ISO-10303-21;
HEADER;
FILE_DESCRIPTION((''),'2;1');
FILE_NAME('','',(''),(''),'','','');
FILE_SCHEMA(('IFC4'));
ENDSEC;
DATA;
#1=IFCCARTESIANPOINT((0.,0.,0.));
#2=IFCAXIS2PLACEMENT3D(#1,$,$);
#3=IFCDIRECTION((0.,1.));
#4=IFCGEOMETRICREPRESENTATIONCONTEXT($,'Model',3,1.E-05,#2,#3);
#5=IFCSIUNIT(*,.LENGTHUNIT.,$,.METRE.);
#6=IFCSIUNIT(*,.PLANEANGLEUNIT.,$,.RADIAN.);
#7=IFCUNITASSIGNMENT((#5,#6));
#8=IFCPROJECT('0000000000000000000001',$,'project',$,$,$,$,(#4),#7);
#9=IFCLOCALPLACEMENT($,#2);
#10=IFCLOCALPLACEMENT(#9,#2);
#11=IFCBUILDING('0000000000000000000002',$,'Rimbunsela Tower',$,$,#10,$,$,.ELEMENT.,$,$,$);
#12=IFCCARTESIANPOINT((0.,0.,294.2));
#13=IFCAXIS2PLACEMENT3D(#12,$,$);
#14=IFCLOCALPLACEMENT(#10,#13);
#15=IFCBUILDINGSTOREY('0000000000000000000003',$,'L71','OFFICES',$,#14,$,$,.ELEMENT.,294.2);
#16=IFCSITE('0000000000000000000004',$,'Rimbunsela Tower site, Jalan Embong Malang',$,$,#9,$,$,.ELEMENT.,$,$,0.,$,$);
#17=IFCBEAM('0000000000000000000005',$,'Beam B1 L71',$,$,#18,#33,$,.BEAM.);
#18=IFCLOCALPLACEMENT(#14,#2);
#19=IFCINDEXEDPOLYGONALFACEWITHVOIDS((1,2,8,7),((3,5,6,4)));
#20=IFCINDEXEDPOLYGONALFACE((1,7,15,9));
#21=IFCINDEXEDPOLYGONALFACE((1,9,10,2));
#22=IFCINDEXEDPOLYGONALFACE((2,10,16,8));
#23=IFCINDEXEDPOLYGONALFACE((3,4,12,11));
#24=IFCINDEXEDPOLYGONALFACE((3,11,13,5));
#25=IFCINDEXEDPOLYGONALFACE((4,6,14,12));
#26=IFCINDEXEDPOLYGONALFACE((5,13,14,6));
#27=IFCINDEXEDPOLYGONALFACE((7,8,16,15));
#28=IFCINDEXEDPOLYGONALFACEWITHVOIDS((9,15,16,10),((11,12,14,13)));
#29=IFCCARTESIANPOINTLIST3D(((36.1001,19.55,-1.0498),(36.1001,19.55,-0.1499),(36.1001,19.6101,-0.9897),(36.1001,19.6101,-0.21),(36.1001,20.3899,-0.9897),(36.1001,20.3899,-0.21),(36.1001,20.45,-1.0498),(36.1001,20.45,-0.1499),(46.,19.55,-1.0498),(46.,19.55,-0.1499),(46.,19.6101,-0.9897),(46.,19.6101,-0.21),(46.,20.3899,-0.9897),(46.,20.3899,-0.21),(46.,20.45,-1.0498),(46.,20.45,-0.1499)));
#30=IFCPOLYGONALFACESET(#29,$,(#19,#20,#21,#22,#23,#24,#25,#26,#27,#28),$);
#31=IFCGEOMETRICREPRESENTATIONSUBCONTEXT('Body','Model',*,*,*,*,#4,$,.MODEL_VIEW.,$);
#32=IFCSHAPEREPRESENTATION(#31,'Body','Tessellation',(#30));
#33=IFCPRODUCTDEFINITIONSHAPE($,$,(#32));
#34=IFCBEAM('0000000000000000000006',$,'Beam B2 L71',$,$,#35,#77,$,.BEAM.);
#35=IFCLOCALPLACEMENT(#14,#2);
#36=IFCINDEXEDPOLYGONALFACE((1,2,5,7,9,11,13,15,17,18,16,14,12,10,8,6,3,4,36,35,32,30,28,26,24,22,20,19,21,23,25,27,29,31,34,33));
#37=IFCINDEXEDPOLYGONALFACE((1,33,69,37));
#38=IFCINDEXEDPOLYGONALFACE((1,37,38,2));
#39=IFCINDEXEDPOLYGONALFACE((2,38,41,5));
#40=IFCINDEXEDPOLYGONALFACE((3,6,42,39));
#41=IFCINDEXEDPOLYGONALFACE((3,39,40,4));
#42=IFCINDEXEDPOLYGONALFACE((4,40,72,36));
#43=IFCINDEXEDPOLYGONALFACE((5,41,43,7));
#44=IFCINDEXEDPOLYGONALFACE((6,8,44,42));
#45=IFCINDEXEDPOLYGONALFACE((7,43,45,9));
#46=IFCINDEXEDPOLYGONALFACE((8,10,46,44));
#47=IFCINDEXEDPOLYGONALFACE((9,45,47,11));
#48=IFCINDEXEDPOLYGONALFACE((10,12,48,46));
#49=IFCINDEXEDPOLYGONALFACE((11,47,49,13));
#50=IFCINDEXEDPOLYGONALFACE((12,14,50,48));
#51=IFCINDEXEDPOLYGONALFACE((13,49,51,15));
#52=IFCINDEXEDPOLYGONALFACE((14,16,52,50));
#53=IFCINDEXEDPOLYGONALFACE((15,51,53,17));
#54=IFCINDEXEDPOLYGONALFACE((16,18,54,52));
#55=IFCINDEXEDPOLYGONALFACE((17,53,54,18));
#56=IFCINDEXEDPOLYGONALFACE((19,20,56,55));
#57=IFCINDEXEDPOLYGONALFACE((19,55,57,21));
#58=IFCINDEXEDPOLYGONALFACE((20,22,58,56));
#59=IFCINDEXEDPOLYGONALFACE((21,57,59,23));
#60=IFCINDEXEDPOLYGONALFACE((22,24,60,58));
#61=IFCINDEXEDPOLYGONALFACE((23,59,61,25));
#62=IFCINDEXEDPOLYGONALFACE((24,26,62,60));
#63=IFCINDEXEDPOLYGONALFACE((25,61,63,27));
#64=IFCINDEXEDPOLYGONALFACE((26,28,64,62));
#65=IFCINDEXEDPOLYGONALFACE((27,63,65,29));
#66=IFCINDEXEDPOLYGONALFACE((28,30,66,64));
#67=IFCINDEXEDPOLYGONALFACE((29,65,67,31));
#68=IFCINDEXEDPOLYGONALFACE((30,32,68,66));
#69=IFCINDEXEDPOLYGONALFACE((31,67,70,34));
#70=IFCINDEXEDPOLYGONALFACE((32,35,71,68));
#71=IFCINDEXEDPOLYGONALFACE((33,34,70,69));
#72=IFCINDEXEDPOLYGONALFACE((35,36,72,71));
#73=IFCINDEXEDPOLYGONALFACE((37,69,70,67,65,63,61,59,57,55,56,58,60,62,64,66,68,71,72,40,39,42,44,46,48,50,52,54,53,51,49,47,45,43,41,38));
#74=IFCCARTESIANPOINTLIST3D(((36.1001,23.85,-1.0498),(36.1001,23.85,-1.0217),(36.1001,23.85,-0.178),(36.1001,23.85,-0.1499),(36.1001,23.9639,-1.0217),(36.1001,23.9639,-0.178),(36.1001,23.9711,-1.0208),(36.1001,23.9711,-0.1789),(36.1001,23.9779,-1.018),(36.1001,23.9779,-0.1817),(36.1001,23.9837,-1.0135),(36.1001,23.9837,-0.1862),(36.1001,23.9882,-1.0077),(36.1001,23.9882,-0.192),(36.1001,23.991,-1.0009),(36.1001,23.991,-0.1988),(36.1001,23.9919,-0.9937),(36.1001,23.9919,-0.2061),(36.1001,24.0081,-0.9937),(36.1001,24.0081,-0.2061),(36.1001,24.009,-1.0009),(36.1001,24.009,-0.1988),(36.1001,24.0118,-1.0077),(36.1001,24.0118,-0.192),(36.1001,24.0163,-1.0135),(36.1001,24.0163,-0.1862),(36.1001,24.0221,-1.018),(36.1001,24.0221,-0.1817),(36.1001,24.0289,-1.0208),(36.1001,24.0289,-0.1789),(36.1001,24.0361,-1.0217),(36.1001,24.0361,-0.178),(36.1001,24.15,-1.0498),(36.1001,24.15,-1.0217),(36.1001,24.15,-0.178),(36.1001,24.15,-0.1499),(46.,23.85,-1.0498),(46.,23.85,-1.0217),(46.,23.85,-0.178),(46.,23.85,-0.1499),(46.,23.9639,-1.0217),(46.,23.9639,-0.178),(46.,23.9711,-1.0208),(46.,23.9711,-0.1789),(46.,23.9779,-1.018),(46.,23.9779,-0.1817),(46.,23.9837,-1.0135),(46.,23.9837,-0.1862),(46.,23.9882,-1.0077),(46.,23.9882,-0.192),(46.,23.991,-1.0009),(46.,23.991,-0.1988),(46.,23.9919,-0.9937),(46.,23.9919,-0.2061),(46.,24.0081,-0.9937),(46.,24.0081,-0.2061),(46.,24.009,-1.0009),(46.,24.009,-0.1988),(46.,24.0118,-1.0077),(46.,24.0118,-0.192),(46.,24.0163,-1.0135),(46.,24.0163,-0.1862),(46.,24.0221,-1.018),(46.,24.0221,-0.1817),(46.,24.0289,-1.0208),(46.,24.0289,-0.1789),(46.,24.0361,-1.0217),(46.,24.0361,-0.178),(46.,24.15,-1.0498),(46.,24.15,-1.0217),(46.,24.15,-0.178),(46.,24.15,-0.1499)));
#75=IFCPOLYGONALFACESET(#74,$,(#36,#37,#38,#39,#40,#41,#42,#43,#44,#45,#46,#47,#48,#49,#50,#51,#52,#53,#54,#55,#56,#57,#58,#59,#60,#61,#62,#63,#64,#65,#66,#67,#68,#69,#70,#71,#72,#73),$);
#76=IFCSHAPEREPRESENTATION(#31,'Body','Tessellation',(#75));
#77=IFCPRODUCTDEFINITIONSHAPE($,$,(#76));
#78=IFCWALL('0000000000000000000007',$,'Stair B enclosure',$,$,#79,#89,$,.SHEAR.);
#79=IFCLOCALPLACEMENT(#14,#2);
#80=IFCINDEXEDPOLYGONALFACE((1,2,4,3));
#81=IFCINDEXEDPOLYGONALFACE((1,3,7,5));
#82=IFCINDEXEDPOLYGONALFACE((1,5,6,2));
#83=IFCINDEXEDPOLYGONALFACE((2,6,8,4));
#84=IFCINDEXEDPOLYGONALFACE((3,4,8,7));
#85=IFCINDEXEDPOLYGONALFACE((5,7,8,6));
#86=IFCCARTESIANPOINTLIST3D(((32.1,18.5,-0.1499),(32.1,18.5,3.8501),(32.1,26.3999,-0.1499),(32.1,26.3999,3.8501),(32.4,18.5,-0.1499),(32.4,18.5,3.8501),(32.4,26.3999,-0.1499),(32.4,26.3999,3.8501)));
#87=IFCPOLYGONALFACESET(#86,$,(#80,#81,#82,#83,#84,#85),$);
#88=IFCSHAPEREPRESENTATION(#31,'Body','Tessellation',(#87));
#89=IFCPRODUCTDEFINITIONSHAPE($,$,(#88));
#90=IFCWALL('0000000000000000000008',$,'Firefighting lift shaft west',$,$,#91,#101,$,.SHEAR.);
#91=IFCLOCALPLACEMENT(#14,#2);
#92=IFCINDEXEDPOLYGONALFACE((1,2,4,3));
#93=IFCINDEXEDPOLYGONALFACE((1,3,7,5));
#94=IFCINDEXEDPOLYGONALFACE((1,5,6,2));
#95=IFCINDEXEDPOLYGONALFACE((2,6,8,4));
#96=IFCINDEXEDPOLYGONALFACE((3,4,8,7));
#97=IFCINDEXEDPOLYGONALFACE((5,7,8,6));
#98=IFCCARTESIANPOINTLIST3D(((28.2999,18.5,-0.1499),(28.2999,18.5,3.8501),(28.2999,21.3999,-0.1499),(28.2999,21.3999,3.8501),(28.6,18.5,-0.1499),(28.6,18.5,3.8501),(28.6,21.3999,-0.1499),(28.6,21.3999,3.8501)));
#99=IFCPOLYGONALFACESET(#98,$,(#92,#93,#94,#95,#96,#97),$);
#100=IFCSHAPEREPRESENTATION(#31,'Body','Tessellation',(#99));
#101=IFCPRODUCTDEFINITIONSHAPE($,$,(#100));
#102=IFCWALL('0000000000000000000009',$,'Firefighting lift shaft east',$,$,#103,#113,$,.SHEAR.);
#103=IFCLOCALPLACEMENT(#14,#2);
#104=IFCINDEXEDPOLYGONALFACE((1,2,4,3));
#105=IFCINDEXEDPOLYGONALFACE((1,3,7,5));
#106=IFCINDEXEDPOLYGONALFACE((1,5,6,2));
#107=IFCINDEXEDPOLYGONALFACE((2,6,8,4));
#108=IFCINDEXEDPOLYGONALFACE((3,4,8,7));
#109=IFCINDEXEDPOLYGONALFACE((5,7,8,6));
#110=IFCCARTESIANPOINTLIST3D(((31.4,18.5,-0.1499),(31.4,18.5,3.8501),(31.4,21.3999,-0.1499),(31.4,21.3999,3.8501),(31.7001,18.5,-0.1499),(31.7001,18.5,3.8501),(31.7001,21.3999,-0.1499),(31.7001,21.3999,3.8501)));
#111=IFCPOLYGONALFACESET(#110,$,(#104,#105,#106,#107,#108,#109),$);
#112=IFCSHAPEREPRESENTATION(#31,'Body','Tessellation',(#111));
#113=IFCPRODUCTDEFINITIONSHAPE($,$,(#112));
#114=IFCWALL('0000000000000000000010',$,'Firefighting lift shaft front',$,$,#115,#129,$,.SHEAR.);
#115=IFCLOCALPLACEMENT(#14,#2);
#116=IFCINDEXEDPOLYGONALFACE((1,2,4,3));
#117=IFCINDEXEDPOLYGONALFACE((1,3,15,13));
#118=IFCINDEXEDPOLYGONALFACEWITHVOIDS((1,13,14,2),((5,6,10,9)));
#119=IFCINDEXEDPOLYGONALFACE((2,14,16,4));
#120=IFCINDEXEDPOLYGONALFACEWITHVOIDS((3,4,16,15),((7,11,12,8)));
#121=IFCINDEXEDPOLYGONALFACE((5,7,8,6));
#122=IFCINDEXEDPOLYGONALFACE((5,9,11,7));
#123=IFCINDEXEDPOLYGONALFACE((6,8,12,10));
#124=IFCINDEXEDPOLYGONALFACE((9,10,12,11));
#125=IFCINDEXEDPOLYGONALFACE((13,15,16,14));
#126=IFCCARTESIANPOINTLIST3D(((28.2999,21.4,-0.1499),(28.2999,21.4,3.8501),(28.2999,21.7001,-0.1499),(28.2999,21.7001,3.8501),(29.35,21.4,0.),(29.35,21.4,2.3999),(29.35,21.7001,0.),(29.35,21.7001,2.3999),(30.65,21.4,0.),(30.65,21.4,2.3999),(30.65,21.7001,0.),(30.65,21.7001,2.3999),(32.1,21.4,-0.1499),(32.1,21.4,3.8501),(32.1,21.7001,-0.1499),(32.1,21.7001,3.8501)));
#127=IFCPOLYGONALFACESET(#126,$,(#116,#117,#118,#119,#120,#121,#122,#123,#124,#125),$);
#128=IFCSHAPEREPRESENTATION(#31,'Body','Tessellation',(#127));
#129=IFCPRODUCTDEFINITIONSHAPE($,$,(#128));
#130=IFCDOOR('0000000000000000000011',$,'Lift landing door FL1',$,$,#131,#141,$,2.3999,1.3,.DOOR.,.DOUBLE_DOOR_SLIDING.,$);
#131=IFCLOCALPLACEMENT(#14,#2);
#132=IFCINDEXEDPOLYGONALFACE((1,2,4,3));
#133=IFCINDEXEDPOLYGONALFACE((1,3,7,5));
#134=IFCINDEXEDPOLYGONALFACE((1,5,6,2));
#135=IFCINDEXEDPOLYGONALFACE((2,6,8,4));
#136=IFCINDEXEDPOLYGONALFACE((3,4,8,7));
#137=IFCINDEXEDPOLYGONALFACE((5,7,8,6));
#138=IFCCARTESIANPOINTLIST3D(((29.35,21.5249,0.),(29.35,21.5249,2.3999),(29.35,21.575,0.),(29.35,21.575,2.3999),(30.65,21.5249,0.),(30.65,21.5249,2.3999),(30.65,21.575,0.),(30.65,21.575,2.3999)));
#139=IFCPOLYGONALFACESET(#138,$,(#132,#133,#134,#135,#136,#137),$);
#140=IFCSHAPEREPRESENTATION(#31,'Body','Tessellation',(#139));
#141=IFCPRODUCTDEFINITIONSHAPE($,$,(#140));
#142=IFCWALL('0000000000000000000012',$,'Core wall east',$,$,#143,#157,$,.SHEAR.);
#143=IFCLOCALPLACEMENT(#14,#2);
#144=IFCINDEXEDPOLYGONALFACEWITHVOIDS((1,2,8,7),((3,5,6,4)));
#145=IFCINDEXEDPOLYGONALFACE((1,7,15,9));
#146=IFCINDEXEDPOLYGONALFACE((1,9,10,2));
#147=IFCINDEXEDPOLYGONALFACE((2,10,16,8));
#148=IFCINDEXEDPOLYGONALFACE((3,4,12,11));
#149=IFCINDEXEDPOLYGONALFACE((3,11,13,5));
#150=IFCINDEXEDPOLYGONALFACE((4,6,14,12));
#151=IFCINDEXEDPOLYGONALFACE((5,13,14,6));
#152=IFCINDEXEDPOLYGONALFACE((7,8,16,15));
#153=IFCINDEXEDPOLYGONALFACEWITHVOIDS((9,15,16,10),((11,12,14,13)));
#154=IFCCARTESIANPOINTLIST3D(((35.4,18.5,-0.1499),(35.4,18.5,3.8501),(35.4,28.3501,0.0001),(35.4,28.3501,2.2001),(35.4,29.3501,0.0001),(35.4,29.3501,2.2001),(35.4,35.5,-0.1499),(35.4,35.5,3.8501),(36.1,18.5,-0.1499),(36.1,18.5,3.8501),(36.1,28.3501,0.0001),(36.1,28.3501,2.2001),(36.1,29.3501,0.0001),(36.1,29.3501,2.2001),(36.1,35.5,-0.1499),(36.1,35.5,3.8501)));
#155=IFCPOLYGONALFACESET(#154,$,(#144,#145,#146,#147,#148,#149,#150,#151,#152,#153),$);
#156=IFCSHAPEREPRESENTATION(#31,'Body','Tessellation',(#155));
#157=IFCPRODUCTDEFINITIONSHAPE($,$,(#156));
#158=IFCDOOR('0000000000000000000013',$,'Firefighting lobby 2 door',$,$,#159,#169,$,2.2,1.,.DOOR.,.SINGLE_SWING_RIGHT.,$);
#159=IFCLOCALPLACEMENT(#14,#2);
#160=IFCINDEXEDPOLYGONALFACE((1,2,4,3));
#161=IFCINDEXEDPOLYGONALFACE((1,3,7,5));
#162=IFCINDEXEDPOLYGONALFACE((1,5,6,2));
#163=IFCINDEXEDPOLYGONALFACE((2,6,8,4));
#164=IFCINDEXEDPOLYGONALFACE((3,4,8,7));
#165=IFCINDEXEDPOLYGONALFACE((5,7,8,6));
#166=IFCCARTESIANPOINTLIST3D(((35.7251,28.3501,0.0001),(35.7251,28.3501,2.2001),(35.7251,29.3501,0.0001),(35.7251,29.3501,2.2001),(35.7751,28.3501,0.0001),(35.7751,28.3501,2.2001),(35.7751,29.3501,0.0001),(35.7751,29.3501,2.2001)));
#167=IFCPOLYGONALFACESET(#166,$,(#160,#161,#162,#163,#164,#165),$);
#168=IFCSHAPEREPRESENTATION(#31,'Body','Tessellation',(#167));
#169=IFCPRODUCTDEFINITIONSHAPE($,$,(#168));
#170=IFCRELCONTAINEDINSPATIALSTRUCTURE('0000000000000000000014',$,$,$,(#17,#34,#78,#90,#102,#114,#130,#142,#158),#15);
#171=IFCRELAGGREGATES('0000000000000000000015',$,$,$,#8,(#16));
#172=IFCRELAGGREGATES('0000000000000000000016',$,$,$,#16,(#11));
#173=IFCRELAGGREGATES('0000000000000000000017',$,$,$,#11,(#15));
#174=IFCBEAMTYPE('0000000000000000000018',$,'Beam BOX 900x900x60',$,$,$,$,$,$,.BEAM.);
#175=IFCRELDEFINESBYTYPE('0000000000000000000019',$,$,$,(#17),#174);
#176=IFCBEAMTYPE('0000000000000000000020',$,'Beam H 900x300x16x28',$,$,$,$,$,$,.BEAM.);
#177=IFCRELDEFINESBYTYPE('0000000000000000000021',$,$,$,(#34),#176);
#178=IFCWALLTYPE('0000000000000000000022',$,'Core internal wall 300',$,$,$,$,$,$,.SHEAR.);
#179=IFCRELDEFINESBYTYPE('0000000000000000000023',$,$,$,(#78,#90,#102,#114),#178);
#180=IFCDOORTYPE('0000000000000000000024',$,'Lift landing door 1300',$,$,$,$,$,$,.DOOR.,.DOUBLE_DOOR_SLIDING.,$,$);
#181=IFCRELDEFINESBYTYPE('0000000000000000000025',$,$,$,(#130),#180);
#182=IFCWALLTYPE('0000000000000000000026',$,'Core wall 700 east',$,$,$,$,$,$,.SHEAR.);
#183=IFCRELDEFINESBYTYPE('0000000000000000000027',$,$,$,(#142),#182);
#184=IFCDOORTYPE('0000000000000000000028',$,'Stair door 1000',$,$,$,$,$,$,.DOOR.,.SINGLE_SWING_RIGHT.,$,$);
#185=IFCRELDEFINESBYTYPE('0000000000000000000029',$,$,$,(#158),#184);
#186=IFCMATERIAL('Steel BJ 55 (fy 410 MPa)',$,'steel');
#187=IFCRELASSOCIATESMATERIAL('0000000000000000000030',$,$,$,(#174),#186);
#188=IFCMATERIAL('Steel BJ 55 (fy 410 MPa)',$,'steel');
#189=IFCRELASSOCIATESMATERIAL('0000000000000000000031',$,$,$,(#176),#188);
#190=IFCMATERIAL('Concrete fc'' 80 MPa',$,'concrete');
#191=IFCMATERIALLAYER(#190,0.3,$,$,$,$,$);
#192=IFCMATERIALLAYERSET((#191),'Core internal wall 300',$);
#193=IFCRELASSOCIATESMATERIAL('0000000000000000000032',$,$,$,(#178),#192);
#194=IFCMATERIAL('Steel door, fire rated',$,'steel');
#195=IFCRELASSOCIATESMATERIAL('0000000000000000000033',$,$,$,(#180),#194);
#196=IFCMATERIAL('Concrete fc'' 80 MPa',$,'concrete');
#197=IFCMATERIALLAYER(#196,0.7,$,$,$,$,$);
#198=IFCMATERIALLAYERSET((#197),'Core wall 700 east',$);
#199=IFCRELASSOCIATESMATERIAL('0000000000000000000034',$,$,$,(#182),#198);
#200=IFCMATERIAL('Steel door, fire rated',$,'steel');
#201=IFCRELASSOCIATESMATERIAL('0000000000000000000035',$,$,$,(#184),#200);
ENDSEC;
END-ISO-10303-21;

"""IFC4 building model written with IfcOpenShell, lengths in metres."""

from ifc_helpers import new_model, si_unit, direction, frame, frame_2d, origin, origin_2d, place, context, subcontext, project, spatial, rectangle, hollow_rectangle, i_section, extrude, material, layer, layer_set, material_profile, profile_set, type_object, element, fill, save


model = new_model("IFC4")

# Units and contexts
model_context = context("Model", 3, precision=1e-05, world=origin(), true_north=direction((0.0, 1.0)))
body_context = subcontext(model_context, "Body", "Model", "MODEL_VIEW")
ifc_project = project(units=[si_unit("LENGTHUNIT", "METRE"), si_unit("PLANEANGLEUNIT", "RADIAN")], contexts=[model_context])

# Site, building, storey
site_placement = place(None, origin())
site = spatial("IfcSite", under=ifc_project, at=site_placement, Name="Rimbunsela Tower site, Jalan Embong Malang", CompositionType="ELEMENT", RefElevation=0.0)
building_placement = place(site_placement, origin())
building = spatial("IfcBuilding", under=site, at=building_placement, Name="Rimbunsela Tower", CompositionType="ELEMENT")
storey_placement = place(building_placement, frame((0.0, 0.0, 294.2)))
storey = spatial("IfcBuildingStorey", under=building, at=storey_placement, Name="L71", Description="OFFICES", CompositionType="ELEMENT", Elevation=294.2)

# Beams
ifc_material_1 = material(Name="Steel BJ 55 (fy 410 MPa)", Category="steel")
ifc_material_profile_1 = material_profile(ifc_material_1, hollow_rectangle(XDim=0.8999, YDim=0.8999, WallThickness=0.0601, at=origin_2d()), Name="BOX 900x900x60")
ifc_profile_set_1 = profile_set([ifc_material_profile_1], Name="Steel BJ 55 (fy 410 MPa)")
beam_type_1 = type_object("IfcBeamType", Name="Beam BOX 900x900x60", PredefinedType="BEAM", material=ifc_profile_set_1)
beam_1_placement = place(storey_placement, frame((36.1001, 20.0, -0.5999), z_axis=(1.0, 0.0, 0.0), x_axis=(0.0, 1.0, 0.0)))
element("IfcBeam", 1, at=beam_1_placement, inside=storey, type_object=beam_type_1, Name="Beam B1 L71", PredefinedType="BEAM", context=body_context, shape_type="SweptSolid", body=[
    extrude(hollow_rectangle(XDim=0.8999, YDim=0.8999, WallThickness=0.0601, at=origin_2d()), origin(), (0.0, 0.0, 1.0), 9.8999),
])
ifc_material_2 = material(Name="Steel BJ 55 (fy 410 MPa)", Category="steel")
ifc_material_profile_2 = material_profile(ifc_material_2, i_section(OverallWidth=0.3, OverallDepth=0.8999, WebThickness=0.0161, FlangeThickness=0.0281, FilletRadius=0.0281, at=origin_2d()), Name="H 900x300x16x28")
ifc_profile_set_2 = profile_set([ifc_material_profile_2], Name="Steel BJ 55 (fy 410 MPa)")
beam_type_2 = type_object("IfcBeamType", Name="Beam H 900x300x16x28", PredefinedType="BEAM", material=ifc_profile_set_2)
beam_2_placement = place(storey_placement, frame((36.1001, 24.0, -0.5999), z_axis=(1.0, 0.0, 0.0), x_axis=(0.0, 1.0, 0.0)))
element("IfcBeam", 2, at=beam_2_placement, inside=storey, type_object=beam_type_2, Name="Beam B2 L71", PredefinedType="BEAM", context=body_context, shape_type="SweptSolid", body=[
    extrude(i_section(OverallWidth=0.3, OverallDepth=0.8999, WebThickness=0.0161, FlangeThickness=0.0281, FilletRadius=0.0281, at=origin_2d()), origin(), (0.0, 0.0, 1.0), 9.8999),
])

# Walls
ifc_material_3 = material(Name="Concrete fc' 80 MPa", Category="concrete")
ifc_layer_1 = layer(ifc_material_3, 0.3)
ifc_layer_set_1 = layer_set([ifc_layer_1], Name="Core internal wall 300")
wall_type_1 = type_object("IfcWallType", Name="Core internal wall 300", PredefinedType="SHEAR", material=ifc_layer_set_1)
wall_1_placement = place(storey_placement, frame((32.25, 18.5, -0.1499), z_axis=(0.0, 0.0, 1.0), x_axis=(0.0, 1.0, 0.0)))
element("IfcWall", 3, at=wall_1_placement, inside=storey, type_object=wall_type_1, Name="Stair B enclosure", PredefinedType="SHEAR", context=body_context, shape_type="SweptSolid", body=[
    extrude(rectangle(XDim=7.8999, YDim=0.3, at=frame_2d((3.95, 0.0))), origin(), (0.0, 0.0, 1.0), 4.0),
])
for number, where, z_axis, x_axis, name in (
    (4, (28.45, 18.5, -0.1499), (0.0, 0.0, 1.0), (0.0, 1.0, 0.0), "Firefighting lift shaft west"),
    (5, (31.55, 18.5, -0.1499), (0.0, 0.0, 1.0), (0.0, 1.0, 0.0), "Firefighting lift shaft east"),
):
    element("IfcWall", number, at=place(storey_placement, frame(where, z_axis=z_axis, x_axis=x_axis)), inside=storey, type_object=wall_type_1, Name=name, PredefinedType="SHEAR", context=body_context, shape_type="SweptSolid", body=[
        extrude(rectangle(XDim=2.8999, YDim=0.3, at=frame_2d((1.45, 0.0))), origin(), (0.0, 0.0, 1.0), 4.0),
    ])

# Walls, openings, doors
wall_2_placement = place(storey_placement, frame((28.3, 21.55, -0.1499), z_axis=(0.0, 0.0, 1.0), x_axis=(1.0, 0.0, 0.0)))
wall_2 = element("IfcWall", 6, at=wall_2_placement, inside=storey, type_object=wall_type_1, Name="Firefighting lift shaft front", PredefinedType="SHEAR", context=body_context, shape_type="SweptSolid", body=[
    extrude(rectangle(XDim=3.8, YDim=0.3, at=frame_2d((1.8999, 0.0))), origin(), (0.0, 0.0, 1.0), 4.0),
])
opening_1_placement = place(wall_2_placement, frame((1.05, 0.0, 0.1499)))
opening_1 = element("IfcOpeningElement", 7, at=opening_1_placement, cuts=wall_2, PredefinedType="OPENING", context=body_context, shape_type="SweptSolid", body=[
    extrude(rectangle(XDim=1.3, YDim=2.3999, at=frame_2d((0.6499, 1.2))), frame((0.0, 0.1599, 0.0), z_axis=(0.0, -1.0, 0.0), x_axis=(1.0, 0.0, 0.0)), (0.0, 0.0, 1.0), 0.3201),
])
ifc_material_4 = material(Name="Steel door, fire rated", Category="steel")
door_type_1 = type_object("IfcDoorType", Name="Lift landing door 1300", OperationType="DOUBLE_DOOR_SLIDING", PredefinedType="DOOR", material=ifc_material_4)
door_1_placement = place(opening_1_placement, origin())
door_1 = element("IfcDoor", 8, at=door_1_placement, inside=storey, type_object=door_type_1, Name="Lift landing door FL1", OperationType="DOUBLE_DOOR_SLIDING", OverallHeight=2.3999, OverallWidth=1.3, PredefinedType="DOOR", context=body_context, shape_type="SweptSolid", body=[
    extrude(rectangle(XDim=1.3, YDim=2.3999, at=frame_2d((0.6499, 1.2))), frame((0.0, 0.0249, 0.0), z_axis=(0.0, -1.0, 0.0), x_axis=(1.0, 0.0, 0.0)), (0.0, 0.0, 1.0), 0.05),
])
fill(opening_1, door_1)
ifc_material_5 = material(Name="Concrete fc' 80 MPa", Category="concrete")
ifc_layer_2 = layer(ifc_material_5, 0.7)
ifc_layer_set_2 = layer_set([ifc_layer_2], Name="Core wall 700 east")
wall_type_2 = type_object("IfcWallType", Name="Core wall 700 east", PredefinedType="SHEAR", material=ifc_layer_set_2)
wall_3_placement = place(storey_placement, frame((35.75, 18.5, -0.1499), z_axis=(0.0, 0.0, 1.0), x_axis=(0.0, 1.0, 0.0)))
wall_3 = element("IfcWall", 9, at=wall_3_placement, inside=storey, type_object=wall_type_2, Name="Core wall east", PredefinedType="SHEAR", context=body_context, shape_type="SweptSolid", body=[
    extrude(rectangle(XDim=17.0, YDim=0.7, at=frame_2d((8.5, 0.0))), origin(), (0.0, 0.0, 1.0), 4.0),
])
opening_2_placement = place(wall_3_placement, frame((9.8501, 0.0, 0.1499)))
opening_2 = element("IfcOpeningElement", 10, at=opening_2_placement, cuts=wall_3, PredefinedType="OPENING", context=body_context, shape_type="SweptSolid", body=[
    extrude(rectangle(XDim=1.0, YDim=2.2, at=frame_2d((0.5, 1.1001))), frame((0.0, 0.3599, 0.0), z_axis=(0.0, -1.0, 0.0), x_axis=(1.0, 0.0, 0.0)), (0.0, 0.0, 1.0), 0.72),
])
ifc_material_6 = material(Name="Steel door, fire rated", Category="steel")
door_type_2 = type_object("IfcDoorType", Name="Stair door 1000", OperationType="SINGLE_SWING_RIGHT", PredefinedType="DOOR", material=ifc_material_6)
door_2_placement = place(opening_2_placement, origin())
door_2 = element("IfcDoor", 11, at=door_2_placement, inside=storey, type_object=door_type_2, Name="Firefighting lobby 2 door", OperationType="SINGLE_SWING_RIGHT", OverallHeight=2.2, OverallWidth=1.0, PredefinedType="DOOR", context=body_context, shape_type="SweptSolid", body=[
    extrude(rectangle(XDim=1.0, YDim=2.2, at=frame_2d((0.5, 1.1001))), frame((0.0, 0.0249, 0.0), z_axis=(0.0, -1.0, 0.0), x_axis=(1.0, 0.0, 0.0)), (0.0, 0.0, 1.0), 0.05),
])
fill(opening_2, door_2)

save(model, "model.ifc")
